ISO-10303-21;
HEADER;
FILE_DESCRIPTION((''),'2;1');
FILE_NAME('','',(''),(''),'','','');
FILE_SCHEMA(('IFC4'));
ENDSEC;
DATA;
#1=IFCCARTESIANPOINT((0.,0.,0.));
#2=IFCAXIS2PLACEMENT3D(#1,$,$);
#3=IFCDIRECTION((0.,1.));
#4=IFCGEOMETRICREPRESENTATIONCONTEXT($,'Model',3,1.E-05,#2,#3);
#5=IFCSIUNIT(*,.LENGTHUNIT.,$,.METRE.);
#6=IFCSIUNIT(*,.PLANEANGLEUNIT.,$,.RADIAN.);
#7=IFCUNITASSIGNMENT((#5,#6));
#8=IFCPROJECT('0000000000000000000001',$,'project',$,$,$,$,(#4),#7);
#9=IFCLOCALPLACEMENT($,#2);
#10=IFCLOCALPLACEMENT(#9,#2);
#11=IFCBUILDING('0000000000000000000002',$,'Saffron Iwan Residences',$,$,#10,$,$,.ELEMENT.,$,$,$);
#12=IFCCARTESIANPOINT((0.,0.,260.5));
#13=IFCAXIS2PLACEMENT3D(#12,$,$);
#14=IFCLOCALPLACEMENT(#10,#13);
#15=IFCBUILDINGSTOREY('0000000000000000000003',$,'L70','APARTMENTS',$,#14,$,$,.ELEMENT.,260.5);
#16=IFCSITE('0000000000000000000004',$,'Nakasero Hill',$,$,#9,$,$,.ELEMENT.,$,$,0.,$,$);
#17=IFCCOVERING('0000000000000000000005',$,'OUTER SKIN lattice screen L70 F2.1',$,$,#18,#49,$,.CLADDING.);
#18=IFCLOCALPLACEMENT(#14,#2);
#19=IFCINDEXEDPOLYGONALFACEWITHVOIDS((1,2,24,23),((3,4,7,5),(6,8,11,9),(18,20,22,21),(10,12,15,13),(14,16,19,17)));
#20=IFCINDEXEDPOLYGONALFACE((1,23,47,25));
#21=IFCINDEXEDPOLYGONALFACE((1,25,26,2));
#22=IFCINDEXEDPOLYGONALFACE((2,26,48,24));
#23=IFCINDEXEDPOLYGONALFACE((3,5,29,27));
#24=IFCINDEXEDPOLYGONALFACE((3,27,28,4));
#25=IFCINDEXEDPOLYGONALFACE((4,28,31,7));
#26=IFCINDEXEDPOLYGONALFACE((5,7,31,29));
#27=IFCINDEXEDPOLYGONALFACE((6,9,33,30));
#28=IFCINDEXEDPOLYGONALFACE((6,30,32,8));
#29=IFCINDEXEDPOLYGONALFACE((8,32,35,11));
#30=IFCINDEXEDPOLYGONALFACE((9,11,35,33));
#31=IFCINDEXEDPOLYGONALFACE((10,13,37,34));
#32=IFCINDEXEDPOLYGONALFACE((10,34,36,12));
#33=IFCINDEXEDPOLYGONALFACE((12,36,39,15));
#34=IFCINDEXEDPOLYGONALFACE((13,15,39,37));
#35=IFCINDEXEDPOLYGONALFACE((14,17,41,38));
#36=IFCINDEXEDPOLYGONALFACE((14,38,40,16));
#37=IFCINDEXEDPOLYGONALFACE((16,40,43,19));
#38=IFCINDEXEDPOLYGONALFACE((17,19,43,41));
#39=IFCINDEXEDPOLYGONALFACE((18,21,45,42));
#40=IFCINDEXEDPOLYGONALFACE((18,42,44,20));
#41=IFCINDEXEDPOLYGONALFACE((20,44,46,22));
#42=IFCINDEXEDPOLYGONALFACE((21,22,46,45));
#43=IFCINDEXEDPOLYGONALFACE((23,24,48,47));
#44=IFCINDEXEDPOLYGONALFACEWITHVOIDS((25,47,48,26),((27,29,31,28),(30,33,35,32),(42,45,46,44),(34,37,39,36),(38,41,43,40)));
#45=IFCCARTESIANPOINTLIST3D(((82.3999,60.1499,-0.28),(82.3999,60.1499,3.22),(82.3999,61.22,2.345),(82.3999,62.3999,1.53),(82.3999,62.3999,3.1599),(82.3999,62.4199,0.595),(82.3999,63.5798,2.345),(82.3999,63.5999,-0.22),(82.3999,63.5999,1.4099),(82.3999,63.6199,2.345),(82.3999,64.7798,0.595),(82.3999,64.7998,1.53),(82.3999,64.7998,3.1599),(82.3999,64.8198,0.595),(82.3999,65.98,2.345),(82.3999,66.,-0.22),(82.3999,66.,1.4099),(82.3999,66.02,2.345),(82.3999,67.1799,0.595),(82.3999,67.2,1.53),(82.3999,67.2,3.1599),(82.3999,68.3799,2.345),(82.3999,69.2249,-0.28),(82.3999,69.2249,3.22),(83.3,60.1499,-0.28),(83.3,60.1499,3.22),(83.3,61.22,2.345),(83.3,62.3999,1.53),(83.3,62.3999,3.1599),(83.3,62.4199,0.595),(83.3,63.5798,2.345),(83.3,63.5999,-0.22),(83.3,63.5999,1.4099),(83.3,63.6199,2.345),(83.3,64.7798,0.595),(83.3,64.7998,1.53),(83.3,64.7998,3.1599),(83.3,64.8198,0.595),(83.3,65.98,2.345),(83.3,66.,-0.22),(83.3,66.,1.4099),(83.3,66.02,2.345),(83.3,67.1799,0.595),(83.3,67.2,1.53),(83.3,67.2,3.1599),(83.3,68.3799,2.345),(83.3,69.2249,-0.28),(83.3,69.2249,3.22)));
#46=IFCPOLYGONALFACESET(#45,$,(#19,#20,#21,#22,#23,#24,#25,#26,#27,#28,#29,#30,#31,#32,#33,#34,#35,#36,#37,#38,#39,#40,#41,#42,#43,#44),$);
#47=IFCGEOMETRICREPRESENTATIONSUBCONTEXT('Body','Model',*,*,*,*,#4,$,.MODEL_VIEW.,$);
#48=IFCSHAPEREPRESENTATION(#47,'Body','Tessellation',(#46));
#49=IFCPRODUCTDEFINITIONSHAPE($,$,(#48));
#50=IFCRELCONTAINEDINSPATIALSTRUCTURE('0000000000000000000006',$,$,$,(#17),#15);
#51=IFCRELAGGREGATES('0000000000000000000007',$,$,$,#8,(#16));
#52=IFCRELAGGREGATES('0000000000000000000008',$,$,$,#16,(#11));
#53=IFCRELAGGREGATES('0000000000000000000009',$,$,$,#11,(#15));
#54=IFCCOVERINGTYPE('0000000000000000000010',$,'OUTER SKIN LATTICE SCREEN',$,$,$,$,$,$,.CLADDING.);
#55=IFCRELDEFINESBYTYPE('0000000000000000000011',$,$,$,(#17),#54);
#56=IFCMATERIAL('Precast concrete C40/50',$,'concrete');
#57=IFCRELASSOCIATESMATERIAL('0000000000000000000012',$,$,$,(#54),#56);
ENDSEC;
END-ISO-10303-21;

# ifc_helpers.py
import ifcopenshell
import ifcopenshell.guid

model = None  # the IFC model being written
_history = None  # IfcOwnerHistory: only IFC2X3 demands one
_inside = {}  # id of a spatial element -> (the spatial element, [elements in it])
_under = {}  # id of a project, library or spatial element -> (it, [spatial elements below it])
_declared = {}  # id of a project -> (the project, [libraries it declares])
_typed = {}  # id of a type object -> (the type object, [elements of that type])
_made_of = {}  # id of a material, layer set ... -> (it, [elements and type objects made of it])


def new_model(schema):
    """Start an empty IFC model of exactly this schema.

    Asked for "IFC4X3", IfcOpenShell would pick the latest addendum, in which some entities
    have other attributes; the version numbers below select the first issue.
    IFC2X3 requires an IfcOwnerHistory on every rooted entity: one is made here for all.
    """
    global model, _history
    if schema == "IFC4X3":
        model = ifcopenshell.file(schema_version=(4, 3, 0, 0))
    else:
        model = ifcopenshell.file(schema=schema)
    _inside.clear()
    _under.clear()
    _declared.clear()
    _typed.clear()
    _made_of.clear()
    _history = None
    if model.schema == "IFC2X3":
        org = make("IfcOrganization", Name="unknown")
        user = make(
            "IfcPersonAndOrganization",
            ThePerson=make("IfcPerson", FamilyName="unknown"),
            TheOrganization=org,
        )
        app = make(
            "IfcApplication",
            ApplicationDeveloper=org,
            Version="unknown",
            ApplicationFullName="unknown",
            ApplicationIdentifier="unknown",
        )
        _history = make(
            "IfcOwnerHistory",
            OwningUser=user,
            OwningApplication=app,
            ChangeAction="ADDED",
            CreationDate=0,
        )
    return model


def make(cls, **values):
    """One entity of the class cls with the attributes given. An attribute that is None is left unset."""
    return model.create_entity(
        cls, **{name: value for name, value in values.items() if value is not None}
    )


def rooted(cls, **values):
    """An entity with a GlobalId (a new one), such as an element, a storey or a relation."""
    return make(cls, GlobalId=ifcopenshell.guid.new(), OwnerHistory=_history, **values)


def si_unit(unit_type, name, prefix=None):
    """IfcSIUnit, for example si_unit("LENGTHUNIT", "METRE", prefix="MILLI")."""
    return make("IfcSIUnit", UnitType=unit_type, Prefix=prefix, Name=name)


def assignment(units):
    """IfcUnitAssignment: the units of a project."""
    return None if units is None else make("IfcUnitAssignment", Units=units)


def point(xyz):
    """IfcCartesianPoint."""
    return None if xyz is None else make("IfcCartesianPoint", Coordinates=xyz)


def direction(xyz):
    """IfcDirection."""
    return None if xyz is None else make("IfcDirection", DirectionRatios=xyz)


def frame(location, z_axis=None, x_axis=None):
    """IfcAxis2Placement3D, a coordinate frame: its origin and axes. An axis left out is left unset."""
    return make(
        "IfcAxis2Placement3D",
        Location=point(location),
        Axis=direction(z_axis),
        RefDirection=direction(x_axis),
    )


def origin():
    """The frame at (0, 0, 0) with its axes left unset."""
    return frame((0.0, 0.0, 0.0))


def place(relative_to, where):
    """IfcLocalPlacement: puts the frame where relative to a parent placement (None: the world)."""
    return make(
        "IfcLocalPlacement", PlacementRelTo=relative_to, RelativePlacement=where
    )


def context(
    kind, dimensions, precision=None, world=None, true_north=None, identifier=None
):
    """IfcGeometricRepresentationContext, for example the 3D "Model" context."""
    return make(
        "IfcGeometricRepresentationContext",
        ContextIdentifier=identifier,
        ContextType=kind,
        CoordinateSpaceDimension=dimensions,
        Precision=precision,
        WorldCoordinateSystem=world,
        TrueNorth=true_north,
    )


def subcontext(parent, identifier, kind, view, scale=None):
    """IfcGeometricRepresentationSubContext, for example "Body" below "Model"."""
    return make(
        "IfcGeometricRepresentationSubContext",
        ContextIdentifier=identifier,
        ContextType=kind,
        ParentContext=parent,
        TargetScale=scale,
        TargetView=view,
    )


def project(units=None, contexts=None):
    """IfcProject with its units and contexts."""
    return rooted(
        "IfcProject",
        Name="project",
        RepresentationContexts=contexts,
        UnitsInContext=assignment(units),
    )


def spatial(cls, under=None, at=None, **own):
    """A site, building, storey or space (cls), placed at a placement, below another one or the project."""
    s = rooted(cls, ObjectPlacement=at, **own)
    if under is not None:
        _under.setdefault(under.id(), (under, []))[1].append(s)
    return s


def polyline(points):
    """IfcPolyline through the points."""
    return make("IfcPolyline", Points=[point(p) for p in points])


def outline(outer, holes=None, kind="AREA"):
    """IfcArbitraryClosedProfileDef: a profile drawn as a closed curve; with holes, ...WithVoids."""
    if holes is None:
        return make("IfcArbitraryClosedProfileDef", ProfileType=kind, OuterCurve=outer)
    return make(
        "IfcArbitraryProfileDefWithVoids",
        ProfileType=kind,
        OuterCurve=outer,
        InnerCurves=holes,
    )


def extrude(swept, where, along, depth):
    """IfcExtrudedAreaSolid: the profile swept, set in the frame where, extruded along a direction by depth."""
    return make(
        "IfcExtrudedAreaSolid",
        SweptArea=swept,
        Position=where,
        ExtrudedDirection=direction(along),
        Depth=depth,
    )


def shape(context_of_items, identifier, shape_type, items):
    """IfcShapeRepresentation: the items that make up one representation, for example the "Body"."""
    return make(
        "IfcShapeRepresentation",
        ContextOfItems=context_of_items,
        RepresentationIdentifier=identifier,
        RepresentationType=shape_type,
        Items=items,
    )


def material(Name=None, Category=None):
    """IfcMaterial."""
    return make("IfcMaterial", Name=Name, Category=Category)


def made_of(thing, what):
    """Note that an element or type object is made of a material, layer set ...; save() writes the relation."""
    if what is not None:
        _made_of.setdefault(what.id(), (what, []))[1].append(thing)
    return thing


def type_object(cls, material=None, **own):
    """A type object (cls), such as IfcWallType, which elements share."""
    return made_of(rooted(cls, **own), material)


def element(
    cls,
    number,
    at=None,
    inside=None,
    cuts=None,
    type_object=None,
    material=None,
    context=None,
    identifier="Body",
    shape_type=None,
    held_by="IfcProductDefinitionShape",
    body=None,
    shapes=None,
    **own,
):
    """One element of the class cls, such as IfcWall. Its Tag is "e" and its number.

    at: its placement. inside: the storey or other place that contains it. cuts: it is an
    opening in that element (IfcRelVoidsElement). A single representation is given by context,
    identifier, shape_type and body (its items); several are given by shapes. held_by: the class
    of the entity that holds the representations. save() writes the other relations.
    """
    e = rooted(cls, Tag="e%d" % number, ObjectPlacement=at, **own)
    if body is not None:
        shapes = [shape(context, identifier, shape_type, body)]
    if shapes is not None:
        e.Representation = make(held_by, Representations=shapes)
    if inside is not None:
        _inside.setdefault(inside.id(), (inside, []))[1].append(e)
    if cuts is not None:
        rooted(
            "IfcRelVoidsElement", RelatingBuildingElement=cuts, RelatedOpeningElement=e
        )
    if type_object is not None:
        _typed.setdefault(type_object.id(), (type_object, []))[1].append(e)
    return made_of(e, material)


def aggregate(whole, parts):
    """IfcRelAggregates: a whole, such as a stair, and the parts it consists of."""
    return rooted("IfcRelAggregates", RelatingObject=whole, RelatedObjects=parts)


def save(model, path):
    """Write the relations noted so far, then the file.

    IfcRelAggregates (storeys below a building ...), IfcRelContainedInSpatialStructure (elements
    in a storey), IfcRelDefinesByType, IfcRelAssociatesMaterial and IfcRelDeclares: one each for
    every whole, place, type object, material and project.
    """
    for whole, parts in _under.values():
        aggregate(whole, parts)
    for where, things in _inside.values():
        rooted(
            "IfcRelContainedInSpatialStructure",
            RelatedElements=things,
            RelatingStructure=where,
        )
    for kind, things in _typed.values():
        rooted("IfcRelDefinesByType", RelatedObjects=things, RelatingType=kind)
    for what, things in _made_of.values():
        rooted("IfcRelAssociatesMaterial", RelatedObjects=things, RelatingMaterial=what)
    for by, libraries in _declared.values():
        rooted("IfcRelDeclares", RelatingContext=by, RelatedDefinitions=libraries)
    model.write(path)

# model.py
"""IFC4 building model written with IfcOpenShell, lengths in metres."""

from ifc_helpers import new_model, si_unit, direction, frame, origin, place, context, subcontext, project, spatial, polyline, outline, extrude, material, type_object, element, save


model = new_model("IFC4")

# Units and contexts
model_context = context("Model", 3, precision=1e-05, world=origin(), true_north=direction((0.0, 1.0)))
body_context = subcontext(model_context, "Body", "Model", "MODEL_VIEW")
ifc_project = project(units=[si_unit("LENGTHUNIT", "METRE"), si_unit("PLANEANGLEUNIT", "RADIAN")], contexts=[model_context])

# Site, building, storey
site_placement = place(None, origin())
site = spatial("IfcSite", under=ifc_project, at=site_placement, Name="Nakasero Hill", CompositionType="ELEMENT", RefElevation=0.0)
building_placement = place(site_placement, origin())
building = spatial("IfcBuilding", under=site, at=building_placement, Name="Saffron Iwan Residences", CompositionType="ELEMENT")
storey_placement = place(building_placement, frame((0.0, 0.0, 260.5)))
storey = spatial("IfcBuildingStorey", under=building, at=storey_placement, Name="L70", Description="APARTMENTS", CompositionType="ELEMENT", Elevation=260.5)

# Covering
ifc_material_1 = material(Name="Precast concrete C40/50", Category="concrete")
covering_type = type_object("IfcCoveringType", Name="OUTER SKIN LATTICE SCREEN", PredefinedType="CLADDING", material=ifc_material_1)
covering_placement = place(storey_placement, frame((82.3999, 60.1499, -0.28), z_axis=(1.0, 0.0, 0.0), x_axis=(0.0, 1.0, 0.0)))
element("IfcCovering", 1, at=covering_placement, inside=storey, type_object=covering_type, Name="OUTER SKIN lattice screen L70 F2.1", PredefinedType="CLADDING", context=body_context, shape_type="SweptSolid", body=[
    extrude(outline(polyline([(0.0, 0.0), (9.075, 0.0), (9.075, 3.5), (0.0, 3.5), (0.0, 0.0)]), holes=[polyline([(2.27, 0.875), (3.45, 0.0601), (4.6299, 0.875), (3.45, 1.6899), (2.27, 0.875)]), polyline([(4.6699, 0.875), (5.8501, 0.0601), (7.03, 0.875), (5.8501, 1.6899), (4.6699, 0.875)]), polyline([(1.0701, 2.625), (2.25, 1.8101), (3.4299, 2.625), (2.25, 3.4399), (1.0701, 2.625)]), polyline([(3.47, 2.625), (4.6499, 1.8101), (5.8301, 2.625), (4.6499, 3.4399), (3.47, 2.625)]), polyline([(5.8701, 2.625), (7.05, 1.8101), (8.23, 2.625), (7.05, 3.4399), (5.8701, 2.625)])]), origin(), (0.0, 0.0, 1.0), 0.9001),
])

save(model, "model.ifc")
